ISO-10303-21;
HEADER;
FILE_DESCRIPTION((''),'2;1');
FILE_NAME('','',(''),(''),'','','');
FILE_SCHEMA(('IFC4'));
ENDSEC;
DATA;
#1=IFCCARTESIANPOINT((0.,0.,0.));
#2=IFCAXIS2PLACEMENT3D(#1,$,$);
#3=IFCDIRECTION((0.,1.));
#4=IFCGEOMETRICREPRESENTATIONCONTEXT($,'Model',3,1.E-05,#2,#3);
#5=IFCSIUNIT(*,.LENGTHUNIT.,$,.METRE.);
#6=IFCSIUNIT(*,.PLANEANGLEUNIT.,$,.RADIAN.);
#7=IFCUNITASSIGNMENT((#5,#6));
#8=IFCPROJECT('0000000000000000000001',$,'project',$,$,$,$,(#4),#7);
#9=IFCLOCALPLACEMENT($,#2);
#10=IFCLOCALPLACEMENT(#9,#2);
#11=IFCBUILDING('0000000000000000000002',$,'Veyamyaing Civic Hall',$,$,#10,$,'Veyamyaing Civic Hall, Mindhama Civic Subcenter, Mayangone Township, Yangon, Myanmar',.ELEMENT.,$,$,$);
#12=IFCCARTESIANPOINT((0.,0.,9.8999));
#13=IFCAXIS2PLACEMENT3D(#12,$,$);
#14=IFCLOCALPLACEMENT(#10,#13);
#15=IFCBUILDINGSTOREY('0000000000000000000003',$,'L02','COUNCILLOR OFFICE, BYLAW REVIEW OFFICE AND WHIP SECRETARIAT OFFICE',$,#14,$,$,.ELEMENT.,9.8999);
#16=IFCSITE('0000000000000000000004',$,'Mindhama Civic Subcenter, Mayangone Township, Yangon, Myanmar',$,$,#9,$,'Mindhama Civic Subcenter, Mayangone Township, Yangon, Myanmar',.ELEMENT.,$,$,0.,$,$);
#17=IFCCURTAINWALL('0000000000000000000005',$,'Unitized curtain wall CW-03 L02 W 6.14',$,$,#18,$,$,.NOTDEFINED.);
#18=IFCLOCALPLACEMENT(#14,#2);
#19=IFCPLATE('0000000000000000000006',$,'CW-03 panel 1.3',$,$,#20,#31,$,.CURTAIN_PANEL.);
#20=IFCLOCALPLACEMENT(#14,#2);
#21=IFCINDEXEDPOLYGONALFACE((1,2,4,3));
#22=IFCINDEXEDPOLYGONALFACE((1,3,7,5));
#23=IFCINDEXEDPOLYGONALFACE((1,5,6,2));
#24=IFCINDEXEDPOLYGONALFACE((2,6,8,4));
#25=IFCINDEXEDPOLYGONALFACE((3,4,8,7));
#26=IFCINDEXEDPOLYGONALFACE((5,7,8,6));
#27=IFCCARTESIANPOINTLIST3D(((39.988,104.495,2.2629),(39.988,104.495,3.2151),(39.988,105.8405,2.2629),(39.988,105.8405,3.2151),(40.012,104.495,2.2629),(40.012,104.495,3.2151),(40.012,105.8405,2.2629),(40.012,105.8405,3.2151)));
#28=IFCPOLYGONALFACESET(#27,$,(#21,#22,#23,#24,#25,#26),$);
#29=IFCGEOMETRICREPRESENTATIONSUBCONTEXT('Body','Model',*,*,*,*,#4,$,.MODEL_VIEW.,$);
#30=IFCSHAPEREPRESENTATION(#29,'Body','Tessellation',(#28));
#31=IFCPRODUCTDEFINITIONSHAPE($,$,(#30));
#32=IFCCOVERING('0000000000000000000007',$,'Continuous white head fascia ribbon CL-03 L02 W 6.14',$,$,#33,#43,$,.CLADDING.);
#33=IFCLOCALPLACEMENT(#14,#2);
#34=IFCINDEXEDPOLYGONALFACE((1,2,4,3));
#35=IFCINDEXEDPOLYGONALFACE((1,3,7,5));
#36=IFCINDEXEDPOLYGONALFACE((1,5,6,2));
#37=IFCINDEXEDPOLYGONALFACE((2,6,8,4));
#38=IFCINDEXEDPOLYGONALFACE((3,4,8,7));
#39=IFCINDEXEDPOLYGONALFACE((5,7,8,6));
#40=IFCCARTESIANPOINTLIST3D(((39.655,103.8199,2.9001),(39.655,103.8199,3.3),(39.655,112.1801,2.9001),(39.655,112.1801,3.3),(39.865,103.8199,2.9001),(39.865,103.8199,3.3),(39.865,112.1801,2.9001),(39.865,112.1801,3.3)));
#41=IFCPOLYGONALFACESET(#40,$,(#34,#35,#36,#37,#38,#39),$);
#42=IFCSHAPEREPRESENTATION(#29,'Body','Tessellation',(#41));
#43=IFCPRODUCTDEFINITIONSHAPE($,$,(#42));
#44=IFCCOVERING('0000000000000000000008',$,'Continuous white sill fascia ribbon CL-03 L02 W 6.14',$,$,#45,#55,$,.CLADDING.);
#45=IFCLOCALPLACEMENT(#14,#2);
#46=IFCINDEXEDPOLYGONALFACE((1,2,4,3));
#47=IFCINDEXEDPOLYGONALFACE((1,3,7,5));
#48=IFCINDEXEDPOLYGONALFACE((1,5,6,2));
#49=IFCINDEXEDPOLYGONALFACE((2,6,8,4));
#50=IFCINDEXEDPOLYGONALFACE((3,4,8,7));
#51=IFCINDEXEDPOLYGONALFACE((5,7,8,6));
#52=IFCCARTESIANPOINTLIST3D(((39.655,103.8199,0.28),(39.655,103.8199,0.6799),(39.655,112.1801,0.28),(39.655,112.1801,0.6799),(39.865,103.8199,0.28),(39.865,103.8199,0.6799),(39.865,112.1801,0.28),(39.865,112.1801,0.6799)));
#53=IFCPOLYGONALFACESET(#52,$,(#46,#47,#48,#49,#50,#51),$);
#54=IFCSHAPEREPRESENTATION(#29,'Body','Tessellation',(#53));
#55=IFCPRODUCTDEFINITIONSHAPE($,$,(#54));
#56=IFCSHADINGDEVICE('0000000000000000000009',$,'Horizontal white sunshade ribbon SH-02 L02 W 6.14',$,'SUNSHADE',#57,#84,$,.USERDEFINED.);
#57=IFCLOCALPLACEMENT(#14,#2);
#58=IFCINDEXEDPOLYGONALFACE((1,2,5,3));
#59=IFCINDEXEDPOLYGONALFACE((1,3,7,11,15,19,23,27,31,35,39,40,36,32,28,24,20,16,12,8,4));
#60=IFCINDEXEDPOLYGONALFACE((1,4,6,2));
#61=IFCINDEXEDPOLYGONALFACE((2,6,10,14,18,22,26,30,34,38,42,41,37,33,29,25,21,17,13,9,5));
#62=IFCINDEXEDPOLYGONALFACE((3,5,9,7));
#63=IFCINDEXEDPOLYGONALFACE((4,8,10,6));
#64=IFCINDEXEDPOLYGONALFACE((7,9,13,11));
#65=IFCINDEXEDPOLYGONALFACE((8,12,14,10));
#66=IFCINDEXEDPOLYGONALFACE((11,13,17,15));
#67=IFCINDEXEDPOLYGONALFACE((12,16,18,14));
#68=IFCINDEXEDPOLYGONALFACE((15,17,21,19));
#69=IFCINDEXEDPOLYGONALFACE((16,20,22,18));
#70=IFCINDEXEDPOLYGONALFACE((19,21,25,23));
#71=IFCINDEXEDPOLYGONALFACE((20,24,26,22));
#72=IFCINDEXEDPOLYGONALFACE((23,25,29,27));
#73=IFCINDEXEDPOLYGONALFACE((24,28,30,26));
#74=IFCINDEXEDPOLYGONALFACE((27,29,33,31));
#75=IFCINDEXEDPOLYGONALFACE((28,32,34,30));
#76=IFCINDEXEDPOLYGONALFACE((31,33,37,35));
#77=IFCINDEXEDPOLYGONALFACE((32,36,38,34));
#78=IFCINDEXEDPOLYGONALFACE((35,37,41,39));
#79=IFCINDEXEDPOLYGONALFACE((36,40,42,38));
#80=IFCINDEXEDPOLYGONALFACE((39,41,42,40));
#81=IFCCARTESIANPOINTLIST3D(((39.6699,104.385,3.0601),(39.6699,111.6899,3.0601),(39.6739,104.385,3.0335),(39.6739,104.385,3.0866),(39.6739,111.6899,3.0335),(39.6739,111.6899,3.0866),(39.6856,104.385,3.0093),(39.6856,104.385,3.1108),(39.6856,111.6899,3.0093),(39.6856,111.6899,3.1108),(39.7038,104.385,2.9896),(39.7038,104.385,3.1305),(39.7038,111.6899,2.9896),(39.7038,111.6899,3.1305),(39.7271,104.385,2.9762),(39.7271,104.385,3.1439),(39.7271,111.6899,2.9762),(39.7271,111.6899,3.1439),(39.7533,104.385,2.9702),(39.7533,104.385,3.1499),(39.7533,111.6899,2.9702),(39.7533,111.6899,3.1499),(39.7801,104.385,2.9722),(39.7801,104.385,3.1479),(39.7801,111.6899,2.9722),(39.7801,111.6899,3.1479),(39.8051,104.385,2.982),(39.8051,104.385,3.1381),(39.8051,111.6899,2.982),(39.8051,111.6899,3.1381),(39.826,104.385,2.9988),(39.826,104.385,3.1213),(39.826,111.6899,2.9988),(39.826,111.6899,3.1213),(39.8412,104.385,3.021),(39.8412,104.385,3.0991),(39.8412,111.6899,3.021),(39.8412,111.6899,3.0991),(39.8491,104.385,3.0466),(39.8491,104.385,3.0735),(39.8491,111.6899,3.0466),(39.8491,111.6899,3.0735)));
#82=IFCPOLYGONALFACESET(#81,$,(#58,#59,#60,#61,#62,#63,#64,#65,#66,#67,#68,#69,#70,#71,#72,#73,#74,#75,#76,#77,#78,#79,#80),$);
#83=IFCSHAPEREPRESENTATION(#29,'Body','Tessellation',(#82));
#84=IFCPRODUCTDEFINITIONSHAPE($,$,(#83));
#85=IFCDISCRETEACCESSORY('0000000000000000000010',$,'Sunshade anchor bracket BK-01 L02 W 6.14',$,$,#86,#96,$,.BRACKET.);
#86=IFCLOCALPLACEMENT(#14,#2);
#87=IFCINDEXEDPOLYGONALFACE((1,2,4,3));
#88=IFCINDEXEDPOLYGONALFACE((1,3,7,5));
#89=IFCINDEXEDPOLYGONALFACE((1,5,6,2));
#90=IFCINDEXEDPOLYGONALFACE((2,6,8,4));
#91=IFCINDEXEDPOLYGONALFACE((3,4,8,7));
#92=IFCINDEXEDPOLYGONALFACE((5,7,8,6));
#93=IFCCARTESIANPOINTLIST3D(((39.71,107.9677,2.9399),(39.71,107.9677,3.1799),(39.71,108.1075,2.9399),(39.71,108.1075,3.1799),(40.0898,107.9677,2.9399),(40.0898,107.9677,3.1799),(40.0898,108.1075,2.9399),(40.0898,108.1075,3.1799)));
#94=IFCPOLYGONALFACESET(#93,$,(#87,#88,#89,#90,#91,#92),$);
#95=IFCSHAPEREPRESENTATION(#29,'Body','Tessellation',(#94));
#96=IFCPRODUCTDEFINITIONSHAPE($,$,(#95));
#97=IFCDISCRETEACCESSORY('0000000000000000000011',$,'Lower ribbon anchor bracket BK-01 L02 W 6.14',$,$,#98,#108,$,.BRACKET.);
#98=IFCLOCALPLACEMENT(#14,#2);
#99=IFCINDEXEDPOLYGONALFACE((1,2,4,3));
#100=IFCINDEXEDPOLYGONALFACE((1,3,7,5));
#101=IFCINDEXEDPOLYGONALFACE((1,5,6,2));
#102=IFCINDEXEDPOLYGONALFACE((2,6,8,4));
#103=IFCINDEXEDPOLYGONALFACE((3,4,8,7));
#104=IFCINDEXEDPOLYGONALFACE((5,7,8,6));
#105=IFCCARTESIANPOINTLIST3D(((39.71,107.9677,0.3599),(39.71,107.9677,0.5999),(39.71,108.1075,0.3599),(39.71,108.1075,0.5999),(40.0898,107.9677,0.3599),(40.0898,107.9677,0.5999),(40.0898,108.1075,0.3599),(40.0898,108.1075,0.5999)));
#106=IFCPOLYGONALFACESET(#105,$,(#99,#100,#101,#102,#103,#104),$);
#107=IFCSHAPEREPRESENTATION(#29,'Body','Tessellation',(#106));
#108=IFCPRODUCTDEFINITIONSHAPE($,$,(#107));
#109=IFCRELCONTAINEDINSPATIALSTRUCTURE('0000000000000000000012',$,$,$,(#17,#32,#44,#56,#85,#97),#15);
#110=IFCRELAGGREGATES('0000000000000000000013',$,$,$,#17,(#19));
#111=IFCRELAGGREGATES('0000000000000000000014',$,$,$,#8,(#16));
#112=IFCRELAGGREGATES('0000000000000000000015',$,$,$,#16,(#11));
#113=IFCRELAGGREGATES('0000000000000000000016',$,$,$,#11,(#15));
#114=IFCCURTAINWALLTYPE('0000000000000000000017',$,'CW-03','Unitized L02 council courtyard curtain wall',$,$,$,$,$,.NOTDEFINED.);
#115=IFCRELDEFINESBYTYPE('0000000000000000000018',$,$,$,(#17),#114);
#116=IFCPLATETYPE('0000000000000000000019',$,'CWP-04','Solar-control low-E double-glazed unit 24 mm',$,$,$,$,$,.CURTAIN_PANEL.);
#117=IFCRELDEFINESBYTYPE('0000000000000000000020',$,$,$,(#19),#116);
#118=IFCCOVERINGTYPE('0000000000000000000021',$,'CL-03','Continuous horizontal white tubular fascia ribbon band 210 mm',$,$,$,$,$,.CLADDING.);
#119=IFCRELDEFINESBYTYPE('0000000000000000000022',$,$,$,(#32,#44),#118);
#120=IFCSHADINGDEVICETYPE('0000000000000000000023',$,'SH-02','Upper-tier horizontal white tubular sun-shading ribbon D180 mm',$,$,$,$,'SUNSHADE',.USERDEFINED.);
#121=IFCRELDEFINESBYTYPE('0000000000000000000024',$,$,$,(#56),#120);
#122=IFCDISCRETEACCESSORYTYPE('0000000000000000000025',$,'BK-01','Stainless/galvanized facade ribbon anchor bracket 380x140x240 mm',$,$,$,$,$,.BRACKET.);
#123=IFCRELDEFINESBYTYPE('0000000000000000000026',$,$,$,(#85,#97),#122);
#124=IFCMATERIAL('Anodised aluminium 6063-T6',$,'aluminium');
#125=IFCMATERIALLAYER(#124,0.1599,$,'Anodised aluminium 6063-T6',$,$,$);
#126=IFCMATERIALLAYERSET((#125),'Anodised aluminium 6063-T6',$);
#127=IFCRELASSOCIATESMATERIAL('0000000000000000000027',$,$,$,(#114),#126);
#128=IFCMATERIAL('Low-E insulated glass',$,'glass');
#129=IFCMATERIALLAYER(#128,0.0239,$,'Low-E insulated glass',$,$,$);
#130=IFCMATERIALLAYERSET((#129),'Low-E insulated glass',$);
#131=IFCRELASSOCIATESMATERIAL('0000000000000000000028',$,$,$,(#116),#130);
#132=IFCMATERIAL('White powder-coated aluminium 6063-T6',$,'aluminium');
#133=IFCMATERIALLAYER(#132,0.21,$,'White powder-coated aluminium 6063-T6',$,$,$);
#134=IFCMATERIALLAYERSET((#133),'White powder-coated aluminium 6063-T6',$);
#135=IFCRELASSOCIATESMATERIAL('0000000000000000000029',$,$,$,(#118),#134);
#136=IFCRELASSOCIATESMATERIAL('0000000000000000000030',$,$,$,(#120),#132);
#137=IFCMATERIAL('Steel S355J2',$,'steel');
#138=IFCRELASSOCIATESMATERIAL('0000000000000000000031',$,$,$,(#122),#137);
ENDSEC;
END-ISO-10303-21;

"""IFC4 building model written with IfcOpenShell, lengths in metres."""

from ifc_helpers import new_model, si_unit, direction, frame, origin, origin_2d, place, context, subcontext, project, spatial, rectangle, circle, extrude, material, layer, layer_set, material_profile, profile_set, type_object, element, aggregate, save


model = new_model("IFC4")

# Units and contexts
model_context = context("Model", 3, precision=1e-05, world=origin(), true_north=direction((0.0, 1.0)))
body_context = subcontext(model_context, "Body", "Model", "MODEL_VIEW")
ifc_project = project(units=[si_unit("LENGTHUNIT", "METRE"), si_unit("PLANEANGLEUNIT", "RADIAN")], contexts=[model_context])

# Site, building, storey
site_placement = place(None, origin())
site = spatial("IfcSite", under=ifc_project, at=site_placement, Name="Mindhama Civic Subcenter, Mayangone Township, Yangon, Myanmar", LongName="Mindhama Civic Subcenter, Mayangone Township, Yangon, Myanmar", CompositionType="ELEMENT", RefElevation=0.0)
building_placement = place(site_placement, origin())
building = spatial("IfcBuilding", under=site, at=building_placement, Name="Veyamyaing Civic Hall", LongName="Veyamyaing Civic Hall, Mindhama Civic Subcenter, Mayangone Township, Yangon, Myanmar", CompositionType="ELEMENT")
storey_placement = place(building_placement, frame((0.0, 0.0, 9.8999)))
storey = spatial("IfcBuildingStorey", under=building, at=storey_placement, Name="L02", Description="COUNCILLOR OFFICE, BYLAW REVIEW OFFICE AND WHIP SECRETARIAT OFFICE", CompositionType="ELEMENT", Elevation=9.8999)

# Curtain wall
ifc_material_1 = material(Name="Anodised aluminium 6063-T6", Category="aluminium")
ifc_layer_1 = layer(ifc_material_1, 0.1599, Name="Anodised aluminium 6063-T6")
ifc_layer_set_1 = layer_set([ifc_layer_1], Name="Anodised aluminium 6063-T6")
curtain_wall_type = type_object("IfcCurtainWallType", Name="CW-03", Description="Unitized L02 council courtyard curtain wall", PredefinedType="NOTDEFINED", material=ifc_layer_set_1)
curtain_wall_placement = place(storey_placement, origin())
curtain_wall = element("IfcCurtainWall", 1, at=curtain_wall_placement, inside=storey, type_object=curtain_wall_type, Name="Unitized curtain wall CW-03 L02 W 6.14", PredefinedType="NOTDEFINED")

# Plate
ifc_material_2 = material(Name="Low-E insulated glass", Category="glass")
ifc_layer_2 = layer(ifc_material_2, 0.0239, Name="Low-E insulated glass")
ifc_layer_set_2 = layer_set([ifc_layer_2], Name="Low-E insulated glass")
plate_type = type_object("IfcPlateType", Name="CWP-04", Description="Solar-control low-E double-glazed unit 24 mm", PredefinedType="CURTAIN_PANEL", material=ifc_layer_set_2)
plate_1_placement = place(storey_placement, frame((40.0, 105.1677, 2.2629), z_axis=(0.0, 0.0, 1.0), x_axis=(0.0, 1.0, 0.0)))
plate_1 = element("IfcPlate", 2, at=plate_1_placement, type_object=plate_type, Name="CW-03 panel 1.3", PredefinedType="CURTAIN_PANEL", context=body_context, shape_type="SweptSolid", body=[
    extrude(rectangle(XDim=1.3455, YDim=0.0239, at=origin_2d()), origin(), (0.0, 0.0, 1.0), 0.9521),
])
aggregate(curtain_wall, [plate_1])

# Coverings
ifc_material_3 = material(Name="White powder-coated aluminium 6063-T6", Category="aluminium")
ifc_layer_3 = layer(ifc_material_3, 0.21, Name="White powder-coated aluminium 6063-T6")
ifc_layer_set_3 = layer_set([ifc_layer_3], Name="White powder-coated aluminium 6063-T6")
covering_type = type_object("IfcCoveringType", Name="CL-03", Description="Continuous horizontal white tubular fascia ribbon band 210 mm", PredefinedType="CLADDING", material=ifc_layer_set_3)
for number, where, z_axis, x_axis, name in (
    (3, (39.76, 108.0, 2.9001), (0.0, 0.0, 1.0), (0.0, 1.0, 0.0), "Continuous white head fascia ribbon CL-03 L02 W 6.14"),
    (4, (39.76, 108.0, 0.28), (0.0, 0.0, 1.0), (0.0, 1.0, 0.0), "Continuous white sill fascia ribbon CL-03 L02 W 6.14"),
):
    element("IfcCovering", number, at=place(storey_placement, frame(where, z_axis=z_axis, x_axis=x_axis)), inside=storey, type_object=covering_type, Name=name, PredefinedType="CLADDING", context=body_context, shape_type="SweptSolid", body=[
        extrude(rectangle(XDim=8.3601, YDim=0.21, at=origin_2d()), origin(), (0.0, 0.0, 1.0), 0.3999),
    ])

# Shading device
ifc_material_profile_1 = material_profile(ifc_material_3, circle(Radius=0.0901, at=origin_2d()), Name="SHADE-TUBE-180")
ifc_profile_set_1 = profile_set([ifc_material_profile_1], Name="White powder-coated aluminium 6063-T6")
shading_device_type = type_object("IfcShadingDeviceType", Name="SH-02", Description="Upper-tier horizontal white tubular sun-shading ribbon D180 mm", ElementType="SUNSHADE", PredefinedType="USERDEFINED", material=ifc_profile_set_1)
shading_device_placement = place(storey_placement, frame((39.76, 104.385, 3.0601), z_axis=(0.0, 1.0, 0.0), x_axis=(-1.0, 0.0, 0.0)))
element("IfcShadingDevice", 5, at=shading_device_placement, inside=storey, type_object=shading_device_type, Name="Horizontal white sunshade ribbon SH-02 L02 W 6.14", ObjectType="SUNSHADE", PredefinedType="USERDEFINED", context=body_context, shape_type="SweptSolid", body=[
    extrude(circle(Radius=0.0901, at=origin_2d()), origin(), (0.0, 0.0, 1.0), 7.3049),
])

# Discrete accessories
ifc_material_4 = material(Name="Steel S355J2", Category="steel")
discrete_accessory_type = type_object("IfcDiscreteAccessoryType", Name="BK-01", Description="Stainless/galvanized facade ribbon anchor bracket 380x140x240 mm", PredefinedType="BRACKET", material=ifc_material_4)
for number, where, z_axis, x_axis, name in (
    (6, (39.8999, 108.0376, 2.9399), (0.0, 0.0, 1.0), (-1.0, 0.0, 0.0), "Sunshade anchor bracket BK-01 L02 W 6.14"),
    (7, (39.8999, 108.0376, 0.3599), (0.0, 0.0, 1.0), (-1.0, 0.0, 0.0), "Lower ribbon anchor bracket BK-01 L02 W 6.14"),
):
    element("IfcDiscreteAccessory", number, at=place(storey_placement, frame(where, z_axis=z_axis, x_axis=x_axis)), inside=storey, type_object=discrete_accessory_type, Name=name, PredefinedType="BRACKET", context=body_context, shape_type="SweptSolid", body=[
        extrude(rectangle(XDim=0.3799, YDim=0.1399, at=origin_2d()), origin(), (0.0, 0.0, 1.0), 0.24),
    ])

save(model, "model.ifc")
